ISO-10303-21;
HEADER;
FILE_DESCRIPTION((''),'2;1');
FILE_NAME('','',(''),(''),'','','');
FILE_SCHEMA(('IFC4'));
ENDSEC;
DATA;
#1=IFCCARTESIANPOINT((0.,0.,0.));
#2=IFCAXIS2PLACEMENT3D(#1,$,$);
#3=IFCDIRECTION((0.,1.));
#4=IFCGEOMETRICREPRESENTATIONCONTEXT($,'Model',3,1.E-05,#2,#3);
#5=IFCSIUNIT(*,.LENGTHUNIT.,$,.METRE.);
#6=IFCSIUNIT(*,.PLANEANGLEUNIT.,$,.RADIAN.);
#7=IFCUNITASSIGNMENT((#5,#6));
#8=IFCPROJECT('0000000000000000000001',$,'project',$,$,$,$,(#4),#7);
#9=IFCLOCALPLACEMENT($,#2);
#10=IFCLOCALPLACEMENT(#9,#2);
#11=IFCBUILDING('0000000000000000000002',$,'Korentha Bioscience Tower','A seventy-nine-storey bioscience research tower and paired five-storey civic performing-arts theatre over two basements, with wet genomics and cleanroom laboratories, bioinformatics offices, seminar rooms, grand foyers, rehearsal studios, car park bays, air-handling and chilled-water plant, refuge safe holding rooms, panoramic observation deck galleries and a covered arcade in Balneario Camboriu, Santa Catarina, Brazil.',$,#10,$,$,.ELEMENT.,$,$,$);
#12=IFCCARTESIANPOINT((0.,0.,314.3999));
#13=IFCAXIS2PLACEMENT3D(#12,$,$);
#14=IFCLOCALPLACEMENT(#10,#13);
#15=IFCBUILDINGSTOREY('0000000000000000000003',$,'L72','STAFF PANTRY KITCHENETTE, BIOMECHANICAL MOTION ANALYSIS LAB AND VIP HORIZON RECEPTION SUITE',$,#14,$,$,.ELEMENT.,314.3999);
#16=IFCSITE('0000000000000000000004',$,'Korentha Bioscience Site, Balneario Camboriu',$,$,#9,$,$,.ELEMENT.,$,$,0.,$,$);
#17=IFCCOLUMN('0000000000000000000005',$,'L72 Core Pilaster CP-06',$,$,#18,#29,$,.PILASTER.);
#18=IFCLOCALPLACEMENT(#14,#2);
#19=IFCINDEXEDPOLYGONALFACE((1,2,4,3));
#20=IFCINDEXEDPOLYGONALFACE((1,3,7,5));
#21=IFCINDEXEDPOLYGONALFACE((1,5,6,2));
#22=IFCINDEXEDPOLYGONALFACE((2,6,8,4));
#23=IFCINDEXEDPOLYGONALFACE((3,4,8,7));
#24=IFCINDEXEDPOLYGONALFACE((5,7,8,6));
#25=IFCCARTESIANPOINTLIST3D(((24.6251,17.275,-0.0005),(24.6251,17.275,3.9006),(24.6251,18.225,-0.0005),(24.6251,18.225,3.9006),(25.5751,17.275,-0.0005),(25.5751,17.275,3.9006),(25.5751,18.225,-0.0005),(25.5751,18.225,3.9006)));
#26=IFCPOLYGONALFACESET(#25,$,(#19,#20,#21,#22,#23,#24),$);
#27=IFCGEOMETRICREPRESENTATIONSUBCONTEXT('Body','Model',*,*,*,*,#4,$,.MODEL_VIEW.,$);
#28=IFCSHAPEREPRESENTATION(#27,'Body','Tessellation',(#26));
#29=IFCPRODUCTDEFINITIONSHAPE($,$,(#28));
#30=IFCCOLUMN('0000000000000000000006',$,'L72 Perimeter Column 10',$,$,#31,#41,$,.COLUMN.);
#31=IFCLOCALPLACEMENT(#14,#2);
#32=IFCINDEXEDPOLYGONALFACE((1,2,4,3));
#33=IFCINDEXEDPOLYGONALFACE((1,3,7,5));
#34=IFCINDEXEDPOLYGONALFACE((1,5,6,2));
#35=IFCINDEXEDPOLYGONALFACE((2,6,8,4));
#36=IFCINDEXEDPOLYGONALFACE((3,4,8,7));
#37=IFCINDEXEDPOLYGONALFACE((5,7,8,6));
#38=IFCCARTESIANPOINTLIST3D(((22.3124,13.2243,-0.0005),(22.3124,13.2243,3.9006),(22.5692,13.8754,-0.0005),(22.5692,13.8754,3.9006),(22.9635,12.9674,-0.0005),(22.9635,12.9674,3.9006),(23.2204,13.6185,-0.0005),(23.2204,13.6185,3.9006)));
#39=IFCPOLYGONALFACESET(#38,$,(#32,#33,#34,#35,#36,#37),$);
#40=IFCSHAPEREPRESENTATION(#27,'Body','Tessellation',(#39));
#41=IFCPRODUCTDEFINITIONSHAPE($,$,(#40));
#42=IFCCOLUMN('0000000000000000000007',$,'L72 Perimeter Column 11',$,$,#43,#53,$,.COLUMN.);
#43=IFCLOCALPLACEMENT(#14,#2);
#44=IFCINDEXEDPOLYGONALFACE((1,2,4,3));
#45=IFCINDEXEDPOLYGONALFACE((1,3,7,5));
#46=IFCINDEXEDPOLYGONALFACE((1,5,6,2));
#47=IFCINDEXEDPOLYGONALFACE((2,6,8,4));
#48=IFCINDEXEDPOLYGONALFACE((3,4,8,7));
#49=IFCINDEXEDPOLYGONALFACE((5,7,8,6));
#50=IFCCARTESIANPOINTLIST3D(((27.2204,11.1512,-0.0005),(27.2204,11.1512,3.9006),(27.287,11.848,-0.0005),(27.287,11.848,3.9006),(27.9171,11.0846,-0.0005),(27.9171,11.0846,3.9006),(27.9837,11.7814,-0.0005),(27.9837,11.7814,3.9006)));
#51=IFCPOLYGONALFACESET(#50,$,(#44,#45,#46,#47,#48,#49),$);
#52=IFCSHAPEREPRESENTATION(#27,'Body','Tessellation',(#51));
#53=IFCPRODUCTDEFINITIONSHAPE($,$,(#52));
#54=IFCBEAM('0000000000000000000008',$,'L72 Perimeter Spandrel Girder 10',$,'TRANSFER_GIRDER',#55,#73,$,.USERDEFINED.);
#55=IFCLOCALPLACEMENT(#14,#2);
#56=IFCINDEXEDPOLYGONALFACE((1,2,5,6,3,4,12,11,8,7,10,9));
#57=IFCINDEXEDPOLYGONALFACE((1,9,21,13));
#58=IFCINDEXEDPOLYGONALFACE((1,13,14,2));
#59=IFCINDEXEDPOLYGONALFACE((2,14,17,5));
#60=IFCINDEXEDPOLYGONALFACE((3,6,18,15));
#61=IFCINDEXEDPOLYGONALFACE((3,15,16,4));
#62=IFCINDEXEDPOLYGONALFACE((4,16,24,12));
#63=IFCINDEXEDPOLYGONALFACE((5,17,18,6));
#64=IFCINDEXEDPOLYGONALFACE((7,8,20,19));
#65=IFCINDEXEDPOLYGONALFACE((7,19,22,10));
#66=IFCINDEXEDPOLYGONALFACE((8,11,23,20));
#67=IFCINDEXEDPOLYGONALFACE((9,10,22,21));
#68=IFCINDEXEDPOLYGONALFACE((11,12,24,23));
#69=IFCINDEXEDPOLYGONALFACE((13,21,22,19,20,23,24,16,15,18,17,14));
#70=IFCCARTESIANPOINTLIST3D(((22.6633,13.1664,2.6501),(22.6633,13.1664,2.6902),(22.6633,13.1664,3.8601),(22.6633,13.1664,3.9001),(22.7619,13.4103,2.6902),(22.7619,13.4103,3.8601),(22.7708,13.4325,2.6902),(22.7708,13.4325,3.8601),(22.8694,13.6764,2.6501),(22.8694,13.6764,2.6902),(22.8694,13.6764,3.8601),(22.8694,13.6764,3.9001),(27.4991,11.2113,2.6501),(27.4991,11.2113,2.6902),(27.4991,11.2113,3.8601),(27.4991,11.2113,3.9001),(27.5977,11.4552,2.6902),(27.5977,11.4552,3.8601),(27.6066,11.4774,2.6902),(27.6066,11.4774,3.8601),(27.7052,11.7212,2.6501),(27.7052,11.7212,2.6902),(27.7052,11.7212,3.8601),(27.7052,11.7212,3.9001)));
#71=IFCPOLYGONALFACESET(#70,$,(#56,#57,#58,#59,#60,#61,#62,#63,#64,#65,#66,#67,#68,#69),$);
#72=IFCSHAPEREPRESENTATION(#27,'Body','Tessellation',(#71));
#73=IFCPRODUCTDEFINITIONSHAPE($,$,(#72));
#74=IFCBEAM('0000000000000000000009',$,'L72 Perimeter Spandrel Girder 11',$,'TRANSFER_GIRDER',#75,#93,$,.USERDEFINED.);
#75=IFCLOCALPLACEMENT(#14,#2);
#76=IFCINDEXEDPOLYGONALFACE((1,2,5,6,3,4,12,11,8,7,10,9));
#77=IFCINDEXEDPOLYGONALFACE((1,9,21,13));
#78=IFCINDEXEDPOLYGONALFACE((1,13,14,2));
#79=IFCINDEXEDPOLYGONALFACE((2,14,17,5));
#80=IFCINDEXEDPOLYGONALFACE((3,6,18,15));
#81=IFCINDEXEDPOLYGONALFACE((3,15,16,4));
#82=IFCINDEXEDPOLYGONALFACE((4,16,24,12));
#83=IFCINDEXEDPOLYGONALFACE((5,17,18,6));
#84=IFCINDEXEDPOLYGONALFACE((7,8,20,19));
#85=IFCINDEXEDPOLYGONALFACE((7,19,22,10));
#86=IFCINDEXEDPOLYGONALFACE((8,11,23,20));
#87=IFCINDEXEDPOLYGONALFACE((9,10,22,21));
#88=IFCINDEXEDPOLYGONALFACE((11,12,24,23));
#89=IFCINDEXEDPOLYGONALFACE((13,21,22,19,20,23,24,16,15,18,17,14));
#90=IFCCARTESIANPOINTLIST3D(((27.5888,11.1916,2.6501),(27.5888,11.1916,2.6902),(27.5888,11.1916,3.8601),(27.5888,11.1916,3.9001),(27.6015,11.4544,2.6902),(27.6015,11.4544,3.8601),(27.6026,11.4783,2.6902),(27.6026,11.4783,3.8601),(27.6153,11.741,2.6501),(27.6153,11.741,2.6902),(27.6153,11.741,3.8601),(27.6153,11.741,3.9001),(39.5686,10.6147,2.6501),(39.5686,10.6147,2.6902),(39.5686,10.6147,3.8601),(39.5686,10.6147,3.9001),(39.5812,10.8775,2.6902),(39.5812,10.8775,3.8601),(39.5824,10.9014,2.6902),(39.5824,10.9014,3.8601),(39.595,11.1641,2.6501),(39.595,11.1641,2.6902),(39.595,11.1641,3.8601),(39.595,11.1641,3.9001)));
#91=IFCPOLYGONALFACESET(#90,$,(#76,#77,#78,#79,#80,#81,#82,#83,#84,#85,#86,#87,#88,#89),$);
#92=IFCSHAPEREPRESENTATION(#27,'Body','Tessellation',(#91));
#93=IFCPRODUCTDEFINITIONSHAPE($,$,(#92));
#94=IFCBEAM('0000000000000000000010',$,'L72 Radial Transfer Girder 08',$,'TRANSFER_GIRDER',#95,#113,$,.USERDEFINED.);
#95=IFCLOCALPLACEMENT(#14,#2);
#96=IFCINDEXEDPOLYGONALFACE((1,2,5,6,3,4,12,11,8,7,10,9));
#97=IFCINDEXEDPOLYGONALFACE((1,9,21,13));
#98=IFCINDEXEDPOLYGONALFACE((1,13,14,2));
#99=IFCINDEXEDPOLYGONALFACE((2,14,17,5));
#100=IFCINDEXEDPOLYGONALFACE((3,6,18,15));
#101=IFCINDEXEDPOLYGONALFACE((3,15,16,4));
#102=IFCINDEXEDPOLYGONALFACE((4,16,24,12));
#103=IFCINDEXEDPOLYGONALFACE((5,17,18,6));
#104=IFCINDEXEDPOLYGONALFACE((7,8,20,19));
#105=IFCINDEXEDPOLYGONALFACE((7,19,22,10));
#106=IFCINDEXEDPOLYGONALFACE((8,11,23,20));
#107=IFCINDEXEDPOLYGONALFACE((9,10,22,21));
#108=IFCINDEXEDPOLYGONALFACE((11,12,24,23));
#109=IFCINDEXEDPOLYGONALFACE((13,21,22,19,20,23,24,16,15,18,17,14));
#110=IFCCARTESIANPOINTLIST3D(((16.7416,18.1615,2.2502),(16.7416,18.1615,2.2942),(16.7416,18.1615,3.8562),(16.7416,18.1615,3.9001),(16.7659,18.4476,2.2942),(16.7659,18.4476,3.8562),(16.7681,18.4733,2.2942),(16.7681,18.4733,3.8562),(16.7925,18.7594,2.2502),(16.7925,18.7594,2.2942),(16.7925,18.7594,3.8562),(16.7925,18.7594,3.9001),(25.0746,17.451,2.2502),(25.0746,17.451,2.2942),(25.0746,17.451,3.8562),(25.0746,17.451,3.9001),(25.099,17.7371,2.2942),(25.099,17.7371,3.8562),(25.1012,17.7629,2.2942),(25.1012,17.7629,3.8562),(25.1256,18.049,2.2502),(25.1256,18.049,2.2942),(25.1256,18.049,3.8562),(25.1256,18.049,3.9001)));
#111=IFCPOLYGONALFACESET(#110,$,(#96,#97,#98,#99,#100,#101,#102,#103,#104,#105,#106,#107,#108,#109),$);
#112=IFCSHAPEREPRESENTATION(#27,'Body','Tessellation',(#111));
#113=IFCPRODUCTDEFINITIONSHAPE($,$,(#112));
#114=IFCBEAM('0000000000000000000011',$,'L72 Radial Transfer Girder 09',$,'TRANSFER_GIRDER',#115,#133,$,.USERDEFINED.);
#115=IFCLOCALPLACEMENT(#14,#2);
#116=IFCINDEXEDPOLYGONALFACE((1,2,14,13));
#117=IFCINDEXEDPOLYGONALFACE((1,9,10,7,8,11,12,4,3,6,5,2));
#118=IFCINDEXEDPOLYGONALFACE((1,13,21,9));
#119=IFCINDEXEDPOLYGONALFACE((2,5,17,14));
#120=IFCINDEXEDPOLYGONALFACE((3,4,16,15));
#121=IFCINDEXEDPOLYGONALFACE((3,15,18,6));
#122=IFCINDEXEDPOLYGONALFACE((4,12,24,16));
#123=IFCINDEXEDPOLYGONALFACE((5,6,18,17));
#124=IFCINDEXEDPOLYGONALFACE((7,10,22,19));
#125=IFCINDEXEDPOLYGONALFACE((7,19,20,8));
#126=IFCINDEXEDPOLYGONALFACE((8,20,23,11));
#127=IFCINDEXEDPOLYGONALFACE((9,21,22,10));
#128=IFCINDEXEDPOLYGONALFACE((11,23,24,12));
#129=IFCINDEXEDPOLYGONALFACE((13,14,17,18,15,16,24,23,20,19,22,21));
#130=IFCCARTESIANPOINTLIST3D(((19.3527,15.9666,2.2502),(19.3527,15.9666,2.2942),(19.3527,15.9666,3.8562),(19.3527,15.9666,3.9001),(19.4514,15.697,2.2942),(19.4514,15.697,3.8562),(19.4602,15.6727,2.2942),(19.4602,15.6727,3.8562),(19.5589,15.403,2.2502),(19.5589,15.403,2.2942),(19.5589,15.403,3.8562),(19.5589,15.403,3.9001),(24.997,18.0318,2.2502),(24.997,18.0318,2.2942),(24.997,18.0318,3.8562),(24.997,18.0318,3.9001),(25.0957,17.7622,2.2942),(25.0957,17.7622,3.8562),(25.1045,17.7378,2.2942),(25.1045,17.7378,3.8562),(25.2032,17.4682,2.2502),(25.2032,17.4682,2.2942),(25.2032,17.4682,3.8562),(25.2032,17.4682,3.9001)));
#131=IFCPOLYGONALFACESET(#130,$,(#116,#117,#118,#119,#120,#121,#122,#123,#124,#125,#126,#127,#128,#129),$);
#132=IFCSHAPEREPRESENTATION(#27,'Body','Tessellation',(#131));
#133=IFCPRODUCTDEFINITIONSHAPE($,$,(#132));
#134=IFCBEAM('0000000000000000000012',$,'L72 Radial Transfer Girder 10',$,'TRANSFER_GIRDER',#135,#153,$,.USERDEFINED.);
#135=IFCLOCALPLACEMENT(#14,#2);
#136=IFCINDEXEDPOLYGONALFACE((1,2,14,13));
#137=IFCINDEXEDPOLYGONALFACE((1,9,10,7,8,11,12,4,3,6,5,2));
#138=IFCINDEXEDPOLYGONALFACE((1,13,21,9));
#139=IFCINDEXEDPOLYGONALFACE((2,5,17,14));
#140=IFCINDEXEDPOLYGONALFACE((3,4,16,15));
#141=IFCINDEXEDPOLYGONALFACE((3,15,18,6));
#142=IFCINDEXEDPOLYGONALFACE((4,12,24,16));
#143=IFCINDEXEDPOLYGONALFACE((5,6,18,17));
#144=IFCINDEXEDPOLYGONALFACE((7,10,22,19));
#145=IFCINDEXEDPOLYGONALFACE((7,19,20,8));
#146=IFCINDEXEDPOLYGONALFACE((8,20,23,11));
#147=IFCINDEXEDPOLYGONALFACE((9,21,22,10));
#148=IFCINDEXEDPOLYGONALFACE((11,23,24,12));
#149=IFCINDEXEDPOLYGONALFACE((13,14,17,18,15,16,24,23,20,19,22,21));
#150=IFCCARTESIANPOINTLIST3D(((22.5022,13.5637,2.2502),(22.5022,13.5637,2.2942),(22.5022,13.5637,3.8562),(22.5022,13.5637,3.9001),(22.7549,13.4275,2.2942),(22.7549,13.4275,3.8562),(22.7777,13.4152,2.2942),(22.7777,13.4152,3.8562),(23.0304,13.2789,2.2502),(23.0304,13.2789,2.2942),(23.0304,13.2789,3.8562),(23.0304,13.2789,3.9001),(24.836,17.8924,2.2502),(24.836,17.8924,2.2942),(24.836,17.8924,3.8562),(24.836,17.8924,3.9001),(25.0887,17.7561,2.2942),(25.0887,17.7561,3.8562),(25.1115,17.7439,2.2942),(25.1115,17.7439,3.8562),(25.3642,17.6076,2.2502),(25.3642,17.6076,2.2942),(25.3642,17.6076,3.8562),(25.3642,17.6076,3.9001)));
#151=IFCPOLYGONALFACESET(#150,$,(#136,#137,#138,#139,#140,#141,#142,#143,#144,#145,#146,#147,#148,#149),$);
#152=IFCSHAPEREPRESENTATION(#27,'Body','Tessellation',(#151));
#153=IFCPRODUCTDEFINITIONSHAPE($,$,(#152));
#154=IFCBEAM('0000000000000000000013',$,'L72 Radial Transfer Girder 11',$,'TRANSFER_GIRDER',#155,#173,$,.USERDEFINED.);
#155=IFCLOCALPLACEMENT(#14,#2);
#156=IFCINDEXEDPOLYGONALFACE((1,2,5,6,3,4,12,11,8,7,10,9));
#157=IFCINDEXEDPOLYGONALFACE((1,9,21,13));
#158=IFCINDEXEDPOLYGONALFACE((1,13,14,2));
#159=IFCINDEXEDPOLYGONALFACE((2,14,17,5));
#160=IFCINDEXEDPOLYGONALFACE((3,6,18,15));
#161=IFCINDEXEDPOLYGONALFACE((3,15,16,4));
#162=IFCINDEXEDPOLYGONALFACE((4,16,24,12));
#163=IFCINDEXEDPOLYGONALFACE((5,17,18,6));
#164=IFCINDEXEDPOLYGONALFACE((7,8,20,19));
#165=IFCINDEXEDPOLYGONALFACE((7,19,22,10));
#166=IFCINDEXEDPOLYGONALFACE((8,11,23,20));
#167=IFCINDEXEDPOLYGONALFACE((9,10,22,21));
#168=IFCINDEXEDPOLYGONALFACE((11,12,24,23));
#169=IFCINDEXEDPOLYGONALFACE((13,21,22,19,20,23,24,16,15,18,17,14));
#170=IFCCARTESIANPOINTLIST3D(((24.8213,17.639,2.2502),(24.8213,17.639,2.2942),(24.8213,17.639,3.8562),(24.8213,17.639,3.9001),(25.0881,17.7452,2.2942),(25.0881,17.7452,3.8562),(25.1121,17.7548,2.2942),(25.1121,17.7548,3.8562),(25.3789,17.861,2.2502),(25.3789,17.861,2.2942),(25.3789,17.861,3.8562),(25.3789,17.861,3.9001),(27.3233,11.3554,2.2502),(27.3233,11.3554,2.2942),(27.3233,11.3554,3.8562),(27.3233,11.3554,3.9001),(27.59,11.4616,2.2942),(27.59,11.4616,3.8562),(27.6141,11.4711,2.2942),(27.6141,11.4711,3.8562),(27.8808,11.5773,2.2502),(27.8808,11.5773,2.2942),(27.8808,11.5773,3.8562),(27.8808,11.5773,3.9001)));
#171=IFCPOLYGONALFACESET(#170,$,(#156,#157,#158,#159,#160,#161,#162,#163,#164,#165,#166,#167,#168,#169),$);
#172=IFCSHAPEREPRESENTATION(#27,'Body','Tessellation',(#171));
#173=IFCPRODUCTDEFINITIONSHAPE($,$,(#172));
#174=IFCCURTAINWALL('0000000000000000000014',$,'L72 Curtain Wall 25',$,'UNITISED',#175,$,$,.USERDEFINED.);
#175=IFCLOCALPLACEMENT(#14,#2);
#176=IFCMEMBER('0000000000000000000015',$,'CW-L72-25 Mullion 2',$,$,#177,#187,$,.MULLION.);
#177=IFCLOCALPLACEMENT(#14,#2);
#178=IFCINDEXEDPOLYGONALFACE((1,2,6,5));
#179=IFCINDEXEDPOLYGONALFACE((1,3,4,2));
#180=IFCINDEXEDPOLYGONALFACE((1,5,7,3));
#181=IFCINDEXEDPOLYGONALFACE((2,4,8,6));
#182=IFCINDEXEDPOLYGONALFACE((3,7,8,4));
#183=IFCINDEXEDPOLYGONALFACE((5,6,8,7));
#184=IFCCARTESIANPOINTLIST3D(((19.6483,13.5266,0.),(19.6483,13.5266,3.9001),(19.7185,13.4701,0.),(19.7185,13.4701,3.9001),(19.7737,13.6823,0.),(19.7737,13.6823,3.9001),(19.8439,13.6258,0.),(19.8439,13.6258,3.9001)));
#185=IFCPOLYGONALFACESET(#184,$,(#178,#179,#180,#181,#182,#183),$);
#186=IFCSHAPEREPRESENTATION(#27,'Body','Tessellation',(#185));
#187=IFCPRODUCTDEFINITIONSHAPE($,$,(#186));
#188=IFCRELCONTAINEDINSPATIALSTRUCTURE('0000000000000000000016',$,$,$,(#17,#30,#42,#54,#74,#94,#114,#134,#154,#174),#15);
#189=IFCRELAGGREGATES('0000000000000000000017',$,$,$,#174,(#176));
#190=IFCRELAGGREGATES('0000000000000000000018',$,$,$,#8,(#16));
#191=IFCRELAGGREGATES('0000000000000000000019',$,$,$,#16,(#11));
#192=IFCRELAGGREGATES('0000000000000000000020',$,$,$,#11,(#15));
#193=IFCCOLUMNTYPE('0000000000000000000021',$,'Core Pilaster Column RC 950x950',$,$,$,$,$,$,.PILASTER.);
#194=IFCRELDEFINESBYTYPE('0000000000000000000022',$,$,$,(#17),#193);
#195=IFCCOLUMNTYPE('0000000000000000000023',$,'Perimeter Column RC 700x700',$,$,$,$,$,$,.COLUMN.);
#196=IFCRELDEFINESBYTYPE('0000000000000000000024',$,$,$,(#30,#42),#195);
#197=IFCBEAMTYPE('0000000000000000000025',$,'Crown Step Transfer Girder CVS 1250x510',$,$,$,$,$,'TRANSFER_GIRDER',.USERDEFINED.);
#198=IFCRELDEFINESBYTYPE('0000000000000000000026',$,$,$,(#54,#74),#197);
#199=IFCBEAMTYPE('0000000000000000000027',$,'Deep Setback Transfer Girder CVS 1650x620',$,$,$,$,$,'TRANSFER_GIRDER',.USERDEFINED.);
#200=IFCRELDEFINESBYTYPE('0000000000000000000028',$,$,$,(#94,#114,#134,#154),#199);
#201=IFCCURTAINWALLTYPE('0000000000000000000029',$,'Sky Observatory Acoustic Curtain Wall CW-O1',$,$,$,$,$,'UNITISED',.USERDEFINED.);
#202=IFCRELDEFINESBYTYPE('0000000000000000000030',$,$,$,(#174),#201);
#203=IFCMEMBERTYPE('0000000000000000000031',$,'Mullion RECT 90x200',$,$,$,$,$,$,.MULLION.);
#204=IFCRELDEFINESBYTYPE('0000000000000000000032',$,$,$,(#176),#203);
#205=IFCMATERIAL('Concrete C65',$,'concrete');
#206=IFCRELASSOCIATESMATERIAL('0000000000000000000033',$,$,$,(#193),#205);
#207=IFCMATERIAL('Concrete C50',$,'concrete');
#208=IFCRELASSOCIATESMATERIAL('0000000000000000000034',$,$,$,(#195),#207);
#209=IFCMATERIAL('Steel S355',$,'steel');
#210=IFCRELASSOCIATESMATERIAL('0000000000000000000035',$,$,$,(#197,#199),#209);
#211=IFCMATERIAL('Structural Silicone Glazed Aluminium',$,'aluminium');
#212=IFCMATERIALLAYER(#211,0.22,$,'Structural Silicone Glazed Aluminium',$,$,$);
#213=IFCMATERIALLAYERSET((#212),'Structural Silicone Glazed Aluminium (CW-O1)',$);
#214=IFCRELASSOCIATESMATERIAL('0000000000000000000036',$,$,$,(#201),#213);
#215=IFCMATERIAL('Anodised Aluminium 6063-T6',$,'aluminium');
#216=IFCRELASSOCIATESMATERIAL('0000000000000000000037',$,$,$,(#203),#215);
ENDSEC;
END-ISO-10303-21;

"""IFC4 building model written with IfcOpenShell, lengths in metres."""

from ifc_helpers import new_model, si_unit, direction, frame, origin, origin_2d, place, context, subcontext, project, spatial, rectangle, i_section, extrude, material, layer, layer_set, material_profile, profile_set, type_object, element, aggregate, save


model = new_model("IFC4")

# Units and contexts
model_context = context("Model", 3, precision=1e-05, world=origin(), true_north=direction((0.0, 1.0)))
body_context = subcontext(model_context, "Body", "Model", "MODEL_VIEW")
ifc_project = project(units=[si_unit("LENGTHUNIT", "METRE"), si_unit("PLANEANGLEUNIT", "RADIAN")], contexts=[model_context])

# Site, building, storey
site_placement = place(None, origin())
site = spatial("IfcSite", under=ifc_project, at=site_placement, Name="Korentha Bioscience Site, Balneario Camboriu", CompositionType="ELEMENT", RefElevation=0.0)
building_placement = place(site_placement, origin())
building = spatial("IfcBuilding", under=site, at=building_placement, Name="Korentha Bioscience Tower", Description="A seventy-nine-storey bioscience research tower and paired five-storey civic performing-arts theatre over two basements, with wet genomics and cleanroom laboratories, bioinformatics offices, seminar rooms, grand foyers, rehearsal studios, car park bays, air-handling and chilled-water plant, refuge safe holding rooms, panoramic observation deck galleries and a covered arcade in Balneario Camboriu, Santa Catarina, Brazil.", CompositionType="ELEMENT")
storey_placement = place(building_placement, frame((0.0, 0.0, 314.3999)))
storey = spatial("IfcBuildingStorey", under=building, at=storey_placement, Name="L72", Description="STAFF PANTRY KITCHENETTE, BIOMECHANICAL MOTION ANALYSIS LAB AND VIP HORIZON RECEPTION SUITE", CompositionType="ELEMENT", Elevation=314.3999)

# Columns
ifc_material_1 = material(Name="Concrete C65", Category="concrete")
ifc_material_profile_1 = material_profile(ifc_material_1, rectangle(XDim=0.95, YDim=0.95, at=origin_2d()), Name="Concrete C65")
ifc_profile_set_1 = profile_set([ifc_material_profile_1], Name="Concrete C65 (COL-CP09)")
column_type_1 = type_object("IfcColumnType", Name="Core Pilaster Column RC 950x950", PredefinedType="PILASTER", material=ifc_profile_set_1)
column_placement = place(storey_placement, frame((25.1001, 17.75, -0.0005), z_axis=(0.0, 0.0, 1.0), x_axis=(1.0, 0.0, 0.0)))
element("IfcColumn", 1, at=column_placement, inside=storey, type_object=column_type_1, Name="L72 Core Pilaster CP-06", PredefinedType="PILASTER", context=body_context, shape_type="SweptSolid", body=[
    extrude(rectangle(XDim=0.95, YDim=0.95, at=origin_2d()), origin(), (0.0, 0.0, 1.0), 3.9011),
])
ifc_material_2 = material(Name="Concrete C50", Category="concrete")
ifc_material_profile_2 = material_profile(ifc_material_2, rectangle(XDim=0.7, YDim=0.7, at=origin_2d()), Name="Concrete C50")
ifc_profile_set_2 = profile_set([ifc_material_profile_2], Name="Concrete C50 (COL-P07)")
column_type_2 = type_object("IfcColumnType", Name="Perimeter Column RC 700x700", PredefinedType="COLUMN", material=ifc_profile_set_2)
for number, where, z_axis, x_axis, name in (
    (2, (22.7664, 13.4214, -0.0005), (0.0, 0.0, 1.0), (-0.930226, 0.366988, 0.0), "L72 Perimeter Column 10"),
    (3, (27.6021, 11.4663, -0.0005), (0.0, 0.0, 1.0), (-0.995463, 0.095151, 0.0), "L72 Perimeter Column 11"),
):
    element("IfcColumn", number, at=place(storey_placement, frame(where, z_axis=z_axis, x_axis=x_axis)), inside=storey, type_object=column_type_2, Name=name, PredefinedType="COLUMN", context=body_context, shape_type="SweptSolid", body=[
        extrude(rectangle(XDim=0.7, YDim=0.7, at=origin_2d()), origin(), (0.0, 0.0, 1.0), 3.9011),
    ])

# Beams
ifc_material_3 = material(Name="Steel S355", Category="steel")
ifc_material_profile_3 = material_profile(ifc_material_3, i_section(OverallWidth=0.55, OverallDepth=1.25, WebThickness=0.0239, FlangeThickness=0.04, at=origin_2d()), Name="Steel S355")
ifc_profile_set_3 = profile_set([ifc_material_profile_3], Name="Steel S355 (TG-03)")
beam_type_1 = type_object("IfcBeamType", Name="Crown Step Transfer Girder CVS 1250x510", ElementType="TRANSFER_GIRDER", PredefinedType="USERDEFINED", material=ifc_profile_set_3)
beam_1_placement = place(storey_placement, frame((22.7664, 13.4214, 3.2751), z_axis=(0.927095, -0.374826, 0.0), x_axis=(0.374826, 0.927095, 0.0)))
element("IfcBeam", 4, at=beam_1_placement, inside=storey, type_object=beam_type_1, Name="L72 Perimeter Spandrel Girder 10", ObjectType="TRANSFER_GIRDER", PredefinedType="USERDEFINED", context=body_context, shape_type="SweptSolid", body=[
    extrude(i_section(OverallWidth=0.55, OverallDepth=1.25, WebThickness=0.0239, FlangeThickness=0.04, at=origin_2d()), origin(), (0.0, 0.0, 1.0), 5.2161),
])
beam_2_placement = place(storey_placement, frame((27.6021, 11.4663, 3.2751), z_axis=(0.998842, -0.048101, 0.0), x_axis=(0.048101, 0.998842, 0.0)))
element("IfcBeam", 5, at=beam_2_placement, inside=storey, type_object=beam_type_1, Name="L72 Perimeter Spandrel Girder 11", ObjectType="TRANSFER_GIRDER", PredefinedType="USERDEFINED", context=body_context, shape_type="SweptSolid", body=[
    extrude(i_section(OverallWidth=0.55, OverallDepth=1.25, WebThickness=0.0239, FlangeThickness=0.04, at=origin_2d()), origin(), (0.0, 0.0, 1.0), 11.9937),
])
ifc_material_profile_4 = material_profile(ifc_material_3, i_section(OverallWidth=0.6001, OverallDepth=1.6499, WebThickness=0.0259, FlangeThickness=0.0439, at=origin_2d()), Name="Steel S355")
ifc_profile_set_4 = profile_set([ifc_material_profile_4], Name="Steel S355 (TG-04)")
beam_type_2 = type_object("IfcBeamType", Name="Deep Setback Transfer Girder CVS 1650x620", ElementType="TRANSFER_GIRDER", PredefinedType="USERDEFINED", material=ifc_profile_set_4)
beam_3_placement = place(storey_placement, frame((25.1001, 17.75, 3.0752), z_axis=(-0.996385, 0.084949, 0.0), x_axis=(-0.084949, -0.996385, 0.0)))
element("IfcBeam", 6, at=beam_3_placement, inside=storey, type_object=beam_type_2, Name="L72 Radial Transfer Girder 08", ObjectType="TRANSFER_GIRDER", PredefinedType="USERDEFINED", context=body_context, shape_type="SweptSolid", body=[
    extrude(i_section(OverallWidth=0.6001, OverallDepth=1.6499, WebThickness=0.0259, FlangeThickness=0.0439, at=origin_2d()), origin(), (0.0, 0.0, 1.0), 8.3633),
])
beam_4_placement = place(storey_placement, frame((25.1001, 17.75, 3.0752), z_axis=(-0.939112, -0.343611, 0.0), x_axis=(0.343611, -0.939112, 0.0)))
element("IfcBeam", 7, at=beam_4_placement, inside=storey, type_object=beam_type_2, Name="L72 Radial Transfer Girder 09", ObjectType="TRANSFER_GIRDER", PredefinedType="USERDEFINED", context=body_context, shape_type="SweptSolid", body=[
    extrude(i_section(OverallWidth=0.6001, OverallDepth=1.6499, WebThickness=0.0259, FlangeThickness=0.0439, at=origin_2d()), origin(), (0.0, 0.0, 1.0), 6.0103),
])
beam_5_placement = place(storey_placement, frame((25.1001, 17.75, 3.0752), z_axis=(-0.474565, -0.880221, 0.0), x_axis=(0.880221, -0.474565, 0.0)))
element("IfcBeam", 8, at=beam_5_placement, inside=storey, type_object=beam_type_2, Name="L72 Radial Transfer Girder 10", ObjectType="TRANSFER_GIRDER", PredefinedType="USERDEFINED", context=body_context, shape_type="SweptSolid", body=[
    extrude(i_section(OverallWidth=0.6001, OverallDepth=1.6499, WebThickness=0.0259, FlangeThickness=0.0439, at=origin_2d()), origin(), (0.0, 0.0, 1.0), 4.9177),
])
beam_6_placement = place(storey_placement, frame((25.1001, 17.75, 3.0752), z_axis=(0.369921, -0.929063, 0.0), x_axis=(0.929063, 0.369921, 0.0)))
element("IfcBeam", 9, at=beam_6_placement, inside=storey, type_object=beam_type_2, Name="L72 Radial Transfer Girder 11", ObjectType="TRANSFER_GIRDER", PredefinedType="USERDEFINED", context=body_context, shape_type="SweptSolid", body=[
    extrude(i_section(OverallWidth=0.6001, OverallDepth=1.6499, WebThickness=0.0259, FlangeThickness=0.0439, at=origin_2d()), origin(), (0.0, 0.0, 1.0), 6.7634),
])

# Curtain wall, member
ifc_material_4 = material(Name="Structural Silicone Glazed Aluminium", Category="aluminium")
ifc_layer_1 = layer(ifc_material_4, 0.22, Name="Structural Silicone Glazed Aluminium")
ifc_layer_set_1 = layer_set([ifc_layer_1], Name="Structural Silicone Glazed Aluminium (CW-O1)")
curtain_wall_type = type_object("IfcCurtainWallType", Name="Sky Observatory Acoustic Curtain Wall CW-O1", ElementType="UNITISED", PredefinedType="USERDEFINED", material=ifc_layer_set_1)
curtain_wall_placement = place(storey_placement, origin())
curtain_wall = element("IfcCurtainWall", 10, at=curtain_wall_placement, inside=storey, type_object=curtain_wall_type, Name="L72 Curtain Wall 25", ObjectType="UNITISED", PredefinedType="USERDEFINED")
ifc_material_5 = material(Name="Anodised Aluminium 6063-T6", Category="aluminium")
ifc_material_profile_5 = material_profile(ifc_material_5, rectangle(XDim=0.0901, YDim=0.2, at=origin_2d()), Name="Anodised Aluminium 6063-T6")
ifc_profile_set_5 = profile_set([ifc_material_profile_5], Name="Anodised Aluminium 6063-T6 (CW-MUL)")
member_type = type_object("IfcMemberType", Name="Mullion RECT 90x200", PredefinedType="MULLION", material=ifc_profile_set_5)
member_placement = place(storey_placement, frame((19.7461, 13.5762, 0.0), z_axis=(0.0, 0.0, 1.0), x_axis=(0.778807, -0.627264, 0.0)))
member = element("IfcMember", 11, at=member_placement, type_object=member_type, Name="CW-L72-25 Mullion 2", PredefinedType="MULLION", context=body_context, shape_type="SweptSolid", body=[
    extrude(rectangle(XDim=0.0901, YDim=0.2, at=origin_2d()), origin(), (0.0, 0.0, 1.0), 3.9001),
])
aggregate(curtain_wall, [member])

save(model, "model.ifc")
